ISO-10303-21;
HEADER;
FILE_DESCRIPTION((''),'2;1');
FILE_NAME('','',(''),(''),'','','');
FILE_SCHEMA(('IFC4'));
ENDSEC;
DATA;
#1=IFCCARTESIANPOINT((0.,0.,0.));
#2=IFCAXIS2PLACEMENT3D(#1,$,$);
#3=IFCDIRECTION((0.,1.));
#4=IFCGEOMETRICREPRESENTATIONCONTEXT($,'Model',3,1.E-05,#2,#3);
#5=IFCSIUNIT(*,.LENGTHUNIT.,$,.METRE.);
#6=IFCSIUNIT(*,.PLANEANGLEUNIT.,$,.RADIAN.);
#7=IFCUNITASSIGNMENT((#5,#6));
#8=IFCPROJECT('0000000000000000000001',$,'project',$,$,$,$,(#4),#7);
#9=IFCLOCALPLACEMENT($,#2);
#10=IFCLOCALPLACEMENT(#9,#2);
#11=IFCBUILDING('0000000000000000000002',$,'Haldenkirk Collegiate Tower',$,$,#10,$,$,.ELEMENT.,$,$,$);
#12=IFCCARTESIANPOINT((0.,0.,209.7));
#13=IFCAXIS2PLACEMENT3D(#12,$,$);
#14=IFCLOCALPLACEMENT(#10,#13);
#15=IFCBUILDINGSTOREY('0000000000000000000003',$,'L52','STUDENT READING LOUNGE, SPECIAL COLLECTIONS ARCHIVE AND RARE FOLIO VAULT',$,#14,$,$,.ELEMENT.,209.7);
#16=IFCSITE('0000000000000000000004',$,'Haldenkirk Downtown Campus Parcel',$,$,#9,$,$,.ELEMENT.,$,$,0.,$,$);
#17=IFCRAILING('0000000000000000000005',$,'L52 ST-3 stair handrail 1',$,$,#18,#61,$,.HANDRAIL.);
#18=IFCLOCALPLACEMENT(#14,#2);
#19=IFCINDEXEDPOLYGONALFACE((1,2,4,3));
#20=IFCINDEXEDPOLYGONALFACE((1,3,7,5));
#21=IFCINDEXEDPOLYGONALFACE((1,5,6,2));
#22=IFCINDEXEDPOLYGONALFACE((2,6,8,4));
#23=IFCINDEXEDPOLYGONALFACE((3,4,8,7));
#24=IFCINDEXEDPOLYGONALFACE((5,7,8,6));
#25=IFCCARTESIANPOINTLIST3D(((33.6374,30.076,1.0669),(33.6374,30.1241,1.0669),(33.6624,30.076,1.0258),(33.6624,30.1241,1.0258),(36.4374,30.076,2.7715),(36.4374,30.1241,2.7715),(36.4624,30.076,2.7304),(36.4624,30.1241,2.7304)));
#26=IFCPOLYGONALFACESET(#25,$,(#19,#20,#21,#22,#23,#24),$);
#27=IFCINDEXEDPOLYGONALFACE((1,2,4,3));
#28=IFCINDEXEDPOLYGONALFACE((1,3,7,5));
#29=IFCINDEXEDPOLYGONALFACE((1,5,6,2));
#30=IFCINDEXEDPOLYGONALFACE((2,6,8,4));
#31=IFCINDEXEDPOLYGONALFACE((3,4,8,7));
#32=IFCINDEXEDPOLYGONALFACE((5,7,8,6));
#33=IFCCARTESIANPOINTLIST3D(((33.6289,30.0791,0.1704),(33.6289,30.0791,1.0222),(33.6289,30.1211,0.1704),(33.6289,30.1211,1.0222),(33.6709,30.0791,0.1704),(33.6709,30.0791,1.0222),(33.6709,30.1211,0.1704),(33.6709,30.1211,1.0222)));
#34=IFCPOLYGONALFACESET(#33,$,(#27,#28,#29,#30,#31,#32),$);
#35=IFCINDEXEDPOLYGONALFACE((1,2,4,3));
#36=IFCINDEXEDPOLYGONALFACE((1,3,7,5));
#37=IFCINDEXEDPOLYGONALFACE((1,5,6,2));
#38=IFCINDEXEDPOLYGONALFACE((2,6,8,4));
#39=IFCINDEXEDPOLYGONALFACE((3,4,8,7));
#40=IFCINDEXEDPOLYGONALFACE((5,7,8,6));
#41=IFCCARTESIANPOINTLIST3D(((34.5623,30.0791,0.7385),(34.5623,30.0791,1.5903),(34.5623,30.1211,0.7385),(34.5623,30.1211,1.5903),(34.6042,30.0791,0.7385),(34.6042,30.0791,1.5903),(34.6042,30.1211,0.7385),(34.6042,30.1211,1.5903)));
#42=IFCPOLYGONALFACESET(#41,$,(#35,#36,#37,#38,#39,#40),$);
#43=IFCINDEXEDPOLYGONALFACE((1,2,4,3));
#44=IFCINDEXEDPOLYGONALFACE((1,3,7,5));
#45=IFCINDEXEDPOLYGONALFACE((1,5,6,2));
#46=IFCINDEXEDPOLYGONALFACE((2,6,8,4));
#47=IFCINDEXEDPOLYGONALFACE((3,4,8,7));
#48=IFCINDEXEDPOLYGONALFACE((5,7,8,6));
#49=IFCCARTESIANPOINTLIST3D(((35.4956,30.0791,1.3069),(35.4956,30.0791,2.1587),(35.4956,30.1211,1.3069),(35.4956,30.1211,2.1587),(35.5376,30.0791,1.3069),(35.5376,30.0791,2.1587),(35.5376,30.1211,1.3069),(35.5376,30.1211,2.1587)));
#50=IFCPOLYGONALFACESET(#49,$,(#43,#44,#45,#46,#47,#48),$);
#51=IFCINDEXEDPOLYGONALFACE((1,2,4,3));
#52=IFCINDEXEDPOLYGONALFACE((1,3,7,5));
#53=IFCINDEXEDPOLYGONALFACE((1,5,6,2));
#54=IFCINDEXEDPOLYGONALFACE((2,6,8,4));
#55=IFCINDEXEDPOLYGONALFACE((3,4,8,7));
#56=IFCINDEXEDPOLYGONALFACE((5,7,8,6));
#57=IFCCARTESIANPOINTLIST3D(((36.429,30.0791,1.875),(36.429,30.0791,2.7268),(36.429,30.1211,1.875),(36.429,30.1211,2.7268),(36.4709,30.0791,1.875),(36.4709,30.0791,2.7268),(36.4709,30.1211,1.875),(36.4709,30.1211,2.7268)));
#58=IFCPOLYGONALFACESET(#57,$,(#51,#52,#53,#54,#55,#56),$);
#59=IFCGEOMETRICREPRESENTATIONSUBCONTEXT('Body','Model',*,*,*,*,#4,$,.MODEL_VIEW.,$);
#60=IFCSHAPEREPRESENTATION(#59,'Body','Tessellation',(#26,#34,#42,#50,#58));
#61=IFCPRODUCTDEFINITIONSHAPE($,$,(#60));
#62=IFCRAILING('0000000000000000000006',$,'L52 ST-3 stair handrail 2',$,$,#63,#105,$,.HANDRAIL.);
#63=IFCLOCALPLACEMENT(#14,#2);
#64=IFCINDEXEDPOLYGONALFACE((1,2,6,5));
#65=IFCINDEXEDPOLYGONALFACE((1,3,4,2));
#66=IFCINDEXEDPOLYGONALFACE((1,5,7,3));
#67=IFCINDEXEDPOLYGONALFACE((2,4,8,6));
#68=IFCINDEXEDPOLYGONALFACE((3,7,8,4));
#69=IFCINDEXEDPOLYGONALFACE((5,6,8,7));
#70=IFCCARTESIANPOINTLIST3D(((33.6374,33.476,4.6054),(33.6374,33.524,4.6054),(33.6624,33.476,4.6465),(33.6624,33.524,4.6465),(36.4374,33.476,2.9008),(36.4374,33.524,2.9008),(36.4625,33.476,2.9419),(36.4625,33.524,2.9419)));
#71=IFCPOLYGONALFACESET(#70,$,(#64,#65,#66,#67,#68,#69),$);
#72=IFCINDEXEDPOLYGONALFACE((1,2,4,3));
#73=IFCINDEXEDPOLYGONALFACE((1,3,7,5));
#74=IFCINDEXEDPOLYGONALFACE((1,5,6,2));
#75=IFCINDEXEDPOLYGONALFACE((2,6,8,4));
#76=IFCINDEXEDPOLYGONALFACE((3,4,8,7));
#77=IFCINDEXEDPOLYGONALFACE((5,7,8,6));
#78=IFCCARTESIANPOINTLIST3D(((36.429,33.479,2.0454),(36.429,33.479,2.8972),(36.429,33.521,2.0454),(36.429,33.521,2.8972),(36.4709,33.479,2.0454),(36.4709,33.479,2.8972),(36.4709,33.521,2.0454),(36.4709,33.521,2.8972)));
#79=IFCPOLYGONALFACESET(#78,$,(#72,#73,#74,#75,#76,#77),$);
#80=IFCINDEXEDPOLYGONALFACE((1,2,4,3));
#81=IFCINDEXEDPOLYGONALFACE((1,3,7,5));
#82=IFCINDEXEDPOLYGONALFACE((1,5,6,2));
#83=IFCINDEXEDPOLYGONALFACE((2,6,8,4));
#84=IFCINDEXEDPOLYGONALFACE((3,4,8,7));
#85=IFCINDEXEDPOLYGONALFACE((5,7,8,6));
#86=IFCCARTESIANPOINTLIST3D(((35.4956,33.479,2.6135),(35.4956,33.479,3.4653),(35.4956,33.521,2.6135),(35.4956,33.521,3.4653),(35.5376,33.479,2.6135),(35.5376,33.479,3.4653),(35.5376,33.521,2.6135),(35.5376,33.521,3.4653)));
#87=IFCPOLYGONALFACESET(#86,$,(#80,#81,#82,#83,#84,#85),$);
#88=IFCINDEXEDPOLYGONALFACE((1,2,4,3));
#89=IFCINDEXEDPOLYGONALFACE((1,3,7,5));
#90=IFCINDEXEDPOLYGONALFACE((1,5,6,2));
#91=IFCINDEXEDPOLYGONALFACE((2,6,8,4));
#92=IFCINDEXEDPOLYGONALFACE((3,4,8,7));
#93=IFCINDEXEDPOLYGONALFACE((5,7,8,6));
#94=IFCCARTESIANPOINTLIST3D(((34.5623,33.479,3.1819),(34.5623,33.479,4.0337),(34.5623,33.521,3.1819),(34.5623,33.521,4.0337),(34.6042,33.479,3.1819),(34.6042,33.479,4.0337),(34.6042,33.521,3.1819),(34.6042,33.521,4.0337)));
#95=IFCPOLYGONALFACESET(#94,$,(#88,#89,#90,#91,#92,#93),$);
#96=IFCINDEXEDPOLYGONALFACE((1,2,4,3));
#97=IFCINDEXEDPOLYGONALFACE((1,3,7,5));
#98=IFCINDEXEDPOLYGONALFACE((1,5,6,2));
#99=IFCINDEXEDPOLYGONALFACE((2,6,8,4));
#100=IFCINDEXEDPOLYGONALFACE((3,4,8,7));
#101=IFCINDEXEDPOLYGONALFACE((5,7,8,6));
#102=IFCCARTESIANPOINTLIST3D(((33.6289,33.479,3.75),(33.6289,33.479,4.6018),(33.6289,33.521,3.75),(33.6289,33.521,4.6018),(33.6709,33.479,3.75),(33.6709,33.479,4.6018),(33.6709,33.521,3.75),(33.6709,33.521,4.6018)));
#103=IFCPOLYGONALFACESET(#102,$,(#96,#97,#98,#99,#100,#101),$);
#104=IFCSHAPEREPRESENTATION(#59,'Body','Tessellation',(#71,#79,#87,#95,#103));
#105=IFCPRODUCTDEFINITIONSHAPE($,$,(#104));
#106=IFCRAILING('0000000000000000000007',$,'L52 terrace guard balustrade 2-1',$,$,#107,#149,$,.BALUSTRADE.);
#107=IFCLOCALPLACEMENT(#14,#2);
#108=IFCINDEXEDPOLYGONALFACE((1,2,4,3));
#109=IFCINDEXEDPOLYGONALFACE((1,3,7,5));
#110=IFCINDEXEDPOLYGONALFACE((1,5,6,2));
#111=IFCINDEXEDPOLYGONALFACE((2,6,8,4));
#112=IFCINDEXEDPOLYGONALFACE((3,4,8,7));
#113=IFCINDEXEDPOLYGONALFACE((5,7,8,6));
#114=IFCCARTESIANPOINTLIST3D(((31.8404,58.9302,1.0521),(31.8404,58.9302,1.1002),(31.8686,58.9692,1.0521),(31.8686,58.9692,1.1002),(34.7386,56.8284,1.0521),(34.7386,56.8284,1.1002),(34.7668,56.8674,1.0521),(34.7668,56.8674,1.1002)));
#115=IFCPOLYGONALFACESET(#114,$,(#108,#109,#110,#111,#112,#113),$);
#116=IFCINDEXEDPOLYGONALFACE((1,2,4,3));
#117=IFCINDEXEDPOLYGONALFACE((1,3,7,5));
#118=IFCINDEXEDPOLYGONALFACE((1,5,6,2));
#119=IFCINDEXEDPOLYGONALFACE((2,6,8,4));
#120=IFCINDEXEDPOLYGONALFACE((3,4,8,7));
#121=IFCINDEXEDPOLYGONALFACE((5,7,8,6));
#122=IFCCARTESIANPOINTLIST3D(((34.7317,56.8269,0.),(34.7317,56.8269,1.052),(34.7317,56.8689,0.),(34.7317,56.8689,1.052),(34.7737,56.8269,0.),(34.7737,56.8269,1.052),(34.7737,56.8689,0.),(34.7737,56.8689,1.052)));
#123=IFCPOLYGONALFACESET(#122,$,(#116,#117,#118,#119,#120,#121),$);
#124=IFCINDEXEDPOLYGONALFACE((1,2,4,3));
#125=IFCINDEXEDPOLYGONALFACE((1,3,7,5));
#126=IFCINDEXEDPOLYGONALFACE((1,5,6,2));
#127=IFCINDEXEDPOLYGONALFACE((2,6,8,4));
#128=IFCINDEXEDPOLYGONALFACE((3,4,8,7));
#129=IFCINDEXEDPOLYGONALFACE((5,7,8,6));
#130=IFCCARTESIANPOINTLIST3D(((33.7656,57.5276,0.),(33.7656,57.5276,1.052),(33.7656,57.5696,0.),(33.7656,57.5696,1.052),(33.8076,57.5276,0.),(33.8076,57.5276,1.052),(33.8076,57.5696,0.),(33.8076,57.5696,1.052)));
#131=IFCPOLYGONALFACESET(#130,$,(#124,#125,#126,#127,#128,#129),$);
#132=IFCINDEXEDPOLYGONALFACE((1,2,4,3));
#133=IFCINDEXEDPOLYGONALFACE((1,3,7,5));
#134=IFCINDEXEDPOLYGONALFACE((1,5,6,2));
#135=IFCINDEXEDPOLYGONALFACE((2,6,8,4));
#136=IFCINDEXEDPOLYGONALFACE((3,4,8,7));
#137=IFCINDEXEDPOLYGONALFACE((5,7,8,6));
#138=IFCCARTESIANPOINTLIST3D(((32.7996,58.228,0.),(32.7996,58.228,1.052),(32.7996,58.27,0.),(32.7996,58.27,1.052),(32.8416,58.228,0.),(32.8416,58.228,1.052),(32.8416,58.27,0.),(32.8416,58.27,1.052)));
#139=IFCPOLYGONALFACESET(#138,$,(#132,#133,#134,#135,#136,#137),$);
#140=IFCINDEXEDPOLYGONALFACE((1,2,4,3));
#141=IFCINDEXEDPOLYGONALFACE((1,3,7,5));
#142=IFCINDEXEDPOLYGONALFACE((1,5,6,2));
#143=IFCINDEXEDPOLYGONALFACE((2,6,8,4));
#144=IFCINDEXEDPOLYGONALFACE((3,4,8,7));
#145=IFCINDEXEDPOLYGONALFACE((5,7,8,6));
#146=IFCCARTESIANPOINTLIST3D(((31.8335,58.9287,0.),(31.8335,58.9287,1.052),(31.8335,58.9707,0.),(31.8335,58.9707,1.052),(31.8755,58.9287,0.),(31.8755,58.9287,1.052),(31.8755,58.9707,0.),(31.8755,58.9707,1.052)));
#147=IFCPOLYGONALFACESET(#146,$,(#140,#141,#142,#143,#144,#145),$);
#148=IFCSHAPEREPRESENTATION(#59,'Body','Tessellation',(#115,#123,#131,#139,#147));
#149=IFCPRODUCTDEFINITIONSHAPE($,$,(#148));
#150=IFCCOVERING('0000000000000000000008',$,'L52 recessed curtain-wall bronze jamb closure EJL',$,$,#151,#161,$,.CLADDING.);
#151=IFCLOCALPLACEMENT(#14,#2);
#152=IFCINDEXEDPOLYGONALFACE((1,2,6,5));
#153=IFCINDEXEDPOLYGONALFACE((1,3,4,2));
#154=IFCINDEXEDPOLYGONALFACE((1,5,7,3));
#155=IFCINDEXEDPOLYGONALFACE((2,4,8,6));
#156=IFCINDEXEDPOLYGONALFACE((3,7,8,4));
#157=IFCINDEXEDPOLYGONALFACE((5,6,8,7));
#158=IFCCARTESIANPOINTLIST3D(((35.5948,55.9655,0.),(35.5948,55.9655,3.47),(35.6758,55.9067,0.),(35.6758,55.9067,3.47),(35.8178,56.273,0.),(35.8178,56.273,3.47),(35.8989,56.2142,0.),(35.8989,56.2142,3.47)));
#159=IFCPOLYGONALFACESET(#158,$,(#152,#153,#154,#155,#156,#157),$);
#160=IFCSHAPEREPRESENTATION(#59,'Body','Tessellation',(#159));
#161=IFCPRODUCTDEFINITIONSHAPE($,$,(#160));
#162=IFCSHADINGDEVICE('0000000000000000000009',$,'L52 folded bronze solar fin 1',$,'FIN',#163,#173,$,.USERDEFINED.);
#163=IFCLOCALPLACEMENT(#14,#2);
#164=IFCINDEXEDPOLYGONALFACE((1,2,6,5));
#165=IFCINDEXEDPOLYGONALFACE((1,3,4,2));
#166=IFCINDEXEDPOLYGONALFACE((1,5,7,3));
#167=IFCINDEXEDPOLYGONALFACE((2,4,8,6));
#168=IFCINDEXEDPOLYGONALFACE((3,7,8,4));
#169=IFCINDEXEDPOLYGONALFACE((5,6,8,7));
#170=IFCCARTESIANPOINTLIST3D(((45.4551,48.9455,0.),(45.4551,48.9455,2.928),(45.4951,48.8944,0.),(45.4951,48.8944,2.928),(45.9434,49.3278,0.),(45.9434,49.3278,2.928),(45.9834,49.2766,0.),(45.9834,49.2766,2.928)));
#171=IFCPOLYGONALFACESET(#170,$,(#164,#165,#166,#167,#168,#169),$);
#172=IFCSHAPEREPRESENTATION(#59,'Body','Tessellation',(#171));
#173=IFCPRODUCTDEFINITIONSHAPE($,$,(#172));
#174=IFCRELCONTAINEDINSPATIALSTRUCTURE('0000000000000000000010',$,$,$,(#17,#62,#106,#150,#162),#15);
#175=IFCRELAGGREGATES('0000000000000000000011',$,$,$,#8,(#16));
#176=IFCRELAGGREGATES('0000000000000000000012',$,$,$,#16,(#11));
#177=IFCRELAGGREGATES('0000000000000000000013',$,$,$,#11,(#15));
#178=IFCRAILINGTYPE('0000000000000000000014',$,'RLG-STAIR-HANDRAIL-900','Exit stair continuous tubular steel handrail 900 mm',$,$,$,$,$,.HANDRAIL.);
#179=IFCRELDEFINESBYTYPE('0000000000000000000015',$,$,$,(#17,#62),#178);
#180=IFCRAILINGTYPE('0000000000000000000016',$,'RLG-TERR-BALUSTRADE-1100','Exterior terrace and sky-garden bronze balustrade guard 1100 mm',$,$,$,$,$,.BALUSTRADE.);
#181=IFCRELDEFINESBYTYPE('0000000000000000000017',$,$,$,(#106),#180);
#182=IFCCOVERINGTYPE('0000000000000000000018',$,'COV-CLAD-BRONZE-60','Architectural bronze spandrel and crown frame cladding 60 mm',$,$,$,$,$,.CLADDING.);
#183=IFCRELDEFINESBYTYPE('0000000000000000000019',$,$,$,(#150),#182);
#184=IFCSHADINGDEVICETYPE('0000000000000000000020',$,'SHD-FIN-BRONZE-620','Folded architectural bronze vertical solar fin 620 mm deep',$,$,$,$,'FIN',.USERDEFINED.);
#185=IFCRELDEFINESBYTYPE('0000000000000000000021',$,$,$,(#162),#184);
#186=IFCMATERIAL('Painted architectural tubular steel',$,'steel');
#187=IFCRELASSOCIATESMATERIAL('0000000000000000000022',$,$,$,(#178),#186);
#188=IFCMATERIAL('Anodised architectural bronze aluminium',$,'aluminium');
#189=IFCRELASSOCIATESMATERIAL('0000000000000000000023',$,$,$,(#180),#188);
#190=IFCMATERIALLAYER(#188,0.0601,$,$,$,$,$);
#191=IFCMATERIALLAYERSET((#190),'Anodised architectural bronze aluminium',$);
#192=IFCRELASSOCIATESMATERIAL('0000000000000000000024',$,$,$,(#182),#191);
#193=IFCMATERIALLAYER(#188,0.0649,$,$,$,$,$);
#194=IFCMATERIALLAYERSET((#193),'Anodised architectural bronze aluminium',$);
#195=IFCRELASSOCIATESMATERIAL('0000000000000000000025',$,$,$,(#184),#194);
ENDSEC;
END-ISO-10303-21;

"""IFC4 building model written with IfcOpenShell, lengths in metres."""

from ifc_helpers import new_model, si_unit, direction, frame, origin, origin_2d, place, context, subcontext, project, spatial, rectangle, extrude, source, transform, mapped, material, layer, layer_set, type_object, element, save


model = new_model("IFC4")

# Units and contexts
model_context = context("Model", 3, precision=1e-05, world=origin(), true_north=direction((0.0, 1.0)))
body_context = subcontext(model_context, "Body", "Model", "MODEL_VIEW")
ifc_project = project(units=[si_unit("LENGTHUNIT", "METRE"), si_unit("PLANEANGLEUNIT", "RADIAN")], contexts=[model_context])

# Site, building, storey
site_placement = place(None, origin())
site = spatial("IfcSite", under=ifc_project, at=site_placement, Name="Haldenkirk Downtown Campus Parcel", CompositionType="ELEMENT", RefElevation=0.0)
building_placement = place(site_placement, origin())
building = spatial("IfcBuilding", under=site, at=building_placement, Name="Haldenkirk Collegiate Tower", CompositionType="ELEMENT")
storey_placement = place(building_placement, frame((0.0, 0.0, 209.7)))
storey = spatial("IfcBuildingStorey", under=building, at=storey_placement, Name="L52", Description="STUDENT READING LOUNGE, SPECIAL COLLECTIONS ARCHIVE AND RARE FOLIO VAULT", CompositionType="ELEMENT", Elevation=209.7)

# Shared definitions
ifc_material_1 = material(Name="Anodised architectural bronze aluminium", Category="aluminium")

# Railings
ifc_material_2 = material(Name="Painted architectural tubular steel", Category="steel")
railing_type_1 = type_object("IfcRailingType", Name="RLG-STAIR-HANDRAIL-900", Description="Exit stair continuous tubular steel handrail 900 mm", PredefinedType="HANDRAIL", material=ifc_material_2)
railing_1_placement = place(storey_placement, frame((33.6499, 30.1001, 0.1704)))
element("IfcRailing", 1, at=railing_1_placement, inside=storey, type_object=railing_type_1, Name="L52 ST-3 stair handrail 1", PredefinedType="HANDRAIL", context=body_context, shape_type="SweptSolid", body=[
    extrude(rectangle(XDim=0.0481, YDim=0.0481, at=origin_2d()), frame((0.0, 0.0, 0.876), z_axis=(0.85417, 0.0, 0.519994), x_axis=(0.0, 1.0, 0.0)), (0.0, 0.0, 1.0), 3.2781),
    extrude(rectangle(XDim=0.042, YDim=0.042, at=origin_2d()), origin(), (0.0, 0.0, 1.0), 0.8518),
    extrude(rectangle(XDim=0.042, YDim=0.042, at=origin_2d()), frame((0.9333, 0.0, 0.5681)), (0.0, 0.0, 1.0), 0.8518),
    extrude(rectangle(XDim=0.042, YDim=0.042, at=origin_2d()), frame((1.8667, 0.0, 1.1365)), (0.0, 0.0, 1.0), 0.8518),
    extrude(rectangle(XDim=0.042, YDim=0.042, at=origin_2d()), frame((2.8, 0.0, 1.7046)), (0.0, 0.0, 1.0), 0.8518),
])
railing_2_placement = place(storey_placement, frame((36.45, 33.5, 2.0454)))
element("IfcRailing", 2, at=railing_2_placement, inside=storey, type_object=railing_type_1, Name="L52 ST-3 stair handrail 2", PredefinedType="HANDRAIL", context=body_context, shape_type="SweptSolid", body=[
    extrude(rectangle(XDim=0.0481, YDim=0.0481, at=origin_2d()), frame((0.0, 0.0, 0.876), z_axis=(-0.85417, 0.0, 0.519994), x_axis=(0.0, -1.0, 0.0)), (0.0, 0.0, 1.0), 3.2781),
    extrude(rectangle(XDim=0.042, YDim=0.042, at=origin_2d()), origin(), (0.0, 0.0, 1.0), 0.8518),
    extrude(rectangle(XDim=0.042, YDim=0.042, at=origin_2d()), frame((-0.9333, 0.0, 0.5681)), (0.0, 0.0, 1.0), 0.8518),
    extrude(rectangle(XDim=0.042, YDim=0.042, at=origin_2d()), frame((-1.8667, 0.0, 1.1365)), (0.0, 0.0, 1.0), 0.8518),
    extrude(rectangle(XDim=0.042, YDim=0.042, at=origin_2d()), frame((-2.8, 0.0, 1.7046)), (0.0, 0.0, 1.0), 0.8518),
])
railing_type_2 = type_object("IfcRailingType", Name="RLG-TERR-BALUSTRADE-1100", Description="Exterior terrace and sky-garden bronze balustrade guard 1100 mm", PredefinedType="BALUSTRADE", material=ifc_material_1)
railing_3_placement = place(storey_placement, frame((34.7527, 56.8479, 0.0)))
element("IfcRailing", 3, at=railing_3_placement, inside=storey, type_object=railing_type_2, Name="L52 terrace guard balustrade 2-1", PredefinedType="BALUSTRADE", context=body_context, shape_type="SweptSolid", body=[
    extrude(rectangle(XDim=0.0481, YDim=0.0481, at=origin_2d()), frame((0.0, 0.0, 1.0762), z_axis=(-0.809529, 0.58708, 0.0), x_axis=(-0.58708, -0.809529, 0.0)), (0.0, 0.0, 1.0), 3.5801),
    extrude(rectangle(XDim=0.042, YDim=0.042, at=origin_2d()), origin(), (0.0, 0.0, 1.0), 1.052),
    extrude(rectangle(XDim=0.042, YDim=0.042, at=origin_2d()), frame((-0.9661, 0.7007, 0.0)), (0.0, 0.0, 1.0), 1.052),
    extrude(rectangle(XDim=0.042, YDim=0.042, at=origin_2d()), frame((-1.9321, 1.4011, 0.0)), (0.0, 0.0, 1.0), 1.052),
    extrude(rectangle(XDim=0.042, YDim=0.042, at=origin_2d()), frame((-2.8982, 2.1018, 0.0)), (0.0, 0.0, 1.0), 1.052),
])

# Covering
ifc_layer_1 = layer(ifc_material_1, 0.0601)
ifc_layer_set_1 = layer_set([ifc_layer_1], Name="Anodised architectural bronze aluminium")
covering_type = type_object("IfcCoveringType", Name="COV-CLAD-BRONZE-60", Description="Architectural bronze spandrel and crown frame cladding 60 mm", PredefinedType="CLADDING", material=ifc_layer_set_1)
shared_shape_1 = source(origin(), body_context, "Body", "SweptSolid", [
    extrude(rectangle(XDim=0.1001, YDim=0.3799, at=origin_2d()), origin(), (0.0, 0.0, 1.0), 3.47),
])
covering_placement = place(storey_placement, frame((35.7468, 56.0898, 0.0), z_axis=(0.0, 0.0, 1.0), x_axis=(0.80953, -0.587079, 0.0)))
element("IfcCovering", 4, at=covering_placement, inside=storey, type_object=covering_type, Name="L52 recessed curtain-wall bronze jamb closure EJL", PredefinedType="CLADDING", context=body_context, shape_type="MappedRepresentation", body=[
    mapped(shared_shape_1, transform((0.0, 0.0, 0.0), x_axis=(1.0, 0.0, 0.0), y_axis=(0.0, 1.0, 0.0), z_axis=(0.0, 0.0, 1.0), scale=1.0)),
])

# Shading device
ifc_layer_2 = layer(ifc_material_1, 0.0649)
ifc_layer_set_2 = layer_set([ifc_layer_2], Name="Anodised architectural bronze aluminium")
shading_device_type = type_object("IfcShadingDeviceType", Name="SHD-FIN-BRONZE-620", Description="Folded architectural bronze vertical solar fin 620 mm deep", ElementType="FIN", PredefinedType="USERDEFINED", material=ifc_layer_set_2)
shared_shape_2 = source(origin(), body_context, "Body", "SweptSolid", [
    extrude(rectangle(XDim=0.6201, YDim=0.0649, at=origin_2d()), origin(), (0.0, 0.0, 1.0), 2.928),
])
shading_device_placement = place(storey_placement, frame((45.7192, 49.1111, 0.0), z_axis=(0.0, 0.0, 1.0), x_axis=(0.787473, 0.616349, 0.0)))
element("IfcShadingDevice", 5, at=shading_device_placement, inside=storey, type_object=shading_device_type, Name="L52 folded bronze solar fin 1", ObjectType="FIN", PredefinedType="USERDEFINED", context=body_context, shape_type="MappedRepresentation", body=[
    mapped(shared_shape_2, transform((0.0, 0.0, 0.0), x_axis=(1.0, 0.0, 0.0), y_axis=(0.0, 1.0, 0.0), z_axis=(0.0, 0.0, 1.0), scale=1.0)),
])

save(model, "model.ifc")
